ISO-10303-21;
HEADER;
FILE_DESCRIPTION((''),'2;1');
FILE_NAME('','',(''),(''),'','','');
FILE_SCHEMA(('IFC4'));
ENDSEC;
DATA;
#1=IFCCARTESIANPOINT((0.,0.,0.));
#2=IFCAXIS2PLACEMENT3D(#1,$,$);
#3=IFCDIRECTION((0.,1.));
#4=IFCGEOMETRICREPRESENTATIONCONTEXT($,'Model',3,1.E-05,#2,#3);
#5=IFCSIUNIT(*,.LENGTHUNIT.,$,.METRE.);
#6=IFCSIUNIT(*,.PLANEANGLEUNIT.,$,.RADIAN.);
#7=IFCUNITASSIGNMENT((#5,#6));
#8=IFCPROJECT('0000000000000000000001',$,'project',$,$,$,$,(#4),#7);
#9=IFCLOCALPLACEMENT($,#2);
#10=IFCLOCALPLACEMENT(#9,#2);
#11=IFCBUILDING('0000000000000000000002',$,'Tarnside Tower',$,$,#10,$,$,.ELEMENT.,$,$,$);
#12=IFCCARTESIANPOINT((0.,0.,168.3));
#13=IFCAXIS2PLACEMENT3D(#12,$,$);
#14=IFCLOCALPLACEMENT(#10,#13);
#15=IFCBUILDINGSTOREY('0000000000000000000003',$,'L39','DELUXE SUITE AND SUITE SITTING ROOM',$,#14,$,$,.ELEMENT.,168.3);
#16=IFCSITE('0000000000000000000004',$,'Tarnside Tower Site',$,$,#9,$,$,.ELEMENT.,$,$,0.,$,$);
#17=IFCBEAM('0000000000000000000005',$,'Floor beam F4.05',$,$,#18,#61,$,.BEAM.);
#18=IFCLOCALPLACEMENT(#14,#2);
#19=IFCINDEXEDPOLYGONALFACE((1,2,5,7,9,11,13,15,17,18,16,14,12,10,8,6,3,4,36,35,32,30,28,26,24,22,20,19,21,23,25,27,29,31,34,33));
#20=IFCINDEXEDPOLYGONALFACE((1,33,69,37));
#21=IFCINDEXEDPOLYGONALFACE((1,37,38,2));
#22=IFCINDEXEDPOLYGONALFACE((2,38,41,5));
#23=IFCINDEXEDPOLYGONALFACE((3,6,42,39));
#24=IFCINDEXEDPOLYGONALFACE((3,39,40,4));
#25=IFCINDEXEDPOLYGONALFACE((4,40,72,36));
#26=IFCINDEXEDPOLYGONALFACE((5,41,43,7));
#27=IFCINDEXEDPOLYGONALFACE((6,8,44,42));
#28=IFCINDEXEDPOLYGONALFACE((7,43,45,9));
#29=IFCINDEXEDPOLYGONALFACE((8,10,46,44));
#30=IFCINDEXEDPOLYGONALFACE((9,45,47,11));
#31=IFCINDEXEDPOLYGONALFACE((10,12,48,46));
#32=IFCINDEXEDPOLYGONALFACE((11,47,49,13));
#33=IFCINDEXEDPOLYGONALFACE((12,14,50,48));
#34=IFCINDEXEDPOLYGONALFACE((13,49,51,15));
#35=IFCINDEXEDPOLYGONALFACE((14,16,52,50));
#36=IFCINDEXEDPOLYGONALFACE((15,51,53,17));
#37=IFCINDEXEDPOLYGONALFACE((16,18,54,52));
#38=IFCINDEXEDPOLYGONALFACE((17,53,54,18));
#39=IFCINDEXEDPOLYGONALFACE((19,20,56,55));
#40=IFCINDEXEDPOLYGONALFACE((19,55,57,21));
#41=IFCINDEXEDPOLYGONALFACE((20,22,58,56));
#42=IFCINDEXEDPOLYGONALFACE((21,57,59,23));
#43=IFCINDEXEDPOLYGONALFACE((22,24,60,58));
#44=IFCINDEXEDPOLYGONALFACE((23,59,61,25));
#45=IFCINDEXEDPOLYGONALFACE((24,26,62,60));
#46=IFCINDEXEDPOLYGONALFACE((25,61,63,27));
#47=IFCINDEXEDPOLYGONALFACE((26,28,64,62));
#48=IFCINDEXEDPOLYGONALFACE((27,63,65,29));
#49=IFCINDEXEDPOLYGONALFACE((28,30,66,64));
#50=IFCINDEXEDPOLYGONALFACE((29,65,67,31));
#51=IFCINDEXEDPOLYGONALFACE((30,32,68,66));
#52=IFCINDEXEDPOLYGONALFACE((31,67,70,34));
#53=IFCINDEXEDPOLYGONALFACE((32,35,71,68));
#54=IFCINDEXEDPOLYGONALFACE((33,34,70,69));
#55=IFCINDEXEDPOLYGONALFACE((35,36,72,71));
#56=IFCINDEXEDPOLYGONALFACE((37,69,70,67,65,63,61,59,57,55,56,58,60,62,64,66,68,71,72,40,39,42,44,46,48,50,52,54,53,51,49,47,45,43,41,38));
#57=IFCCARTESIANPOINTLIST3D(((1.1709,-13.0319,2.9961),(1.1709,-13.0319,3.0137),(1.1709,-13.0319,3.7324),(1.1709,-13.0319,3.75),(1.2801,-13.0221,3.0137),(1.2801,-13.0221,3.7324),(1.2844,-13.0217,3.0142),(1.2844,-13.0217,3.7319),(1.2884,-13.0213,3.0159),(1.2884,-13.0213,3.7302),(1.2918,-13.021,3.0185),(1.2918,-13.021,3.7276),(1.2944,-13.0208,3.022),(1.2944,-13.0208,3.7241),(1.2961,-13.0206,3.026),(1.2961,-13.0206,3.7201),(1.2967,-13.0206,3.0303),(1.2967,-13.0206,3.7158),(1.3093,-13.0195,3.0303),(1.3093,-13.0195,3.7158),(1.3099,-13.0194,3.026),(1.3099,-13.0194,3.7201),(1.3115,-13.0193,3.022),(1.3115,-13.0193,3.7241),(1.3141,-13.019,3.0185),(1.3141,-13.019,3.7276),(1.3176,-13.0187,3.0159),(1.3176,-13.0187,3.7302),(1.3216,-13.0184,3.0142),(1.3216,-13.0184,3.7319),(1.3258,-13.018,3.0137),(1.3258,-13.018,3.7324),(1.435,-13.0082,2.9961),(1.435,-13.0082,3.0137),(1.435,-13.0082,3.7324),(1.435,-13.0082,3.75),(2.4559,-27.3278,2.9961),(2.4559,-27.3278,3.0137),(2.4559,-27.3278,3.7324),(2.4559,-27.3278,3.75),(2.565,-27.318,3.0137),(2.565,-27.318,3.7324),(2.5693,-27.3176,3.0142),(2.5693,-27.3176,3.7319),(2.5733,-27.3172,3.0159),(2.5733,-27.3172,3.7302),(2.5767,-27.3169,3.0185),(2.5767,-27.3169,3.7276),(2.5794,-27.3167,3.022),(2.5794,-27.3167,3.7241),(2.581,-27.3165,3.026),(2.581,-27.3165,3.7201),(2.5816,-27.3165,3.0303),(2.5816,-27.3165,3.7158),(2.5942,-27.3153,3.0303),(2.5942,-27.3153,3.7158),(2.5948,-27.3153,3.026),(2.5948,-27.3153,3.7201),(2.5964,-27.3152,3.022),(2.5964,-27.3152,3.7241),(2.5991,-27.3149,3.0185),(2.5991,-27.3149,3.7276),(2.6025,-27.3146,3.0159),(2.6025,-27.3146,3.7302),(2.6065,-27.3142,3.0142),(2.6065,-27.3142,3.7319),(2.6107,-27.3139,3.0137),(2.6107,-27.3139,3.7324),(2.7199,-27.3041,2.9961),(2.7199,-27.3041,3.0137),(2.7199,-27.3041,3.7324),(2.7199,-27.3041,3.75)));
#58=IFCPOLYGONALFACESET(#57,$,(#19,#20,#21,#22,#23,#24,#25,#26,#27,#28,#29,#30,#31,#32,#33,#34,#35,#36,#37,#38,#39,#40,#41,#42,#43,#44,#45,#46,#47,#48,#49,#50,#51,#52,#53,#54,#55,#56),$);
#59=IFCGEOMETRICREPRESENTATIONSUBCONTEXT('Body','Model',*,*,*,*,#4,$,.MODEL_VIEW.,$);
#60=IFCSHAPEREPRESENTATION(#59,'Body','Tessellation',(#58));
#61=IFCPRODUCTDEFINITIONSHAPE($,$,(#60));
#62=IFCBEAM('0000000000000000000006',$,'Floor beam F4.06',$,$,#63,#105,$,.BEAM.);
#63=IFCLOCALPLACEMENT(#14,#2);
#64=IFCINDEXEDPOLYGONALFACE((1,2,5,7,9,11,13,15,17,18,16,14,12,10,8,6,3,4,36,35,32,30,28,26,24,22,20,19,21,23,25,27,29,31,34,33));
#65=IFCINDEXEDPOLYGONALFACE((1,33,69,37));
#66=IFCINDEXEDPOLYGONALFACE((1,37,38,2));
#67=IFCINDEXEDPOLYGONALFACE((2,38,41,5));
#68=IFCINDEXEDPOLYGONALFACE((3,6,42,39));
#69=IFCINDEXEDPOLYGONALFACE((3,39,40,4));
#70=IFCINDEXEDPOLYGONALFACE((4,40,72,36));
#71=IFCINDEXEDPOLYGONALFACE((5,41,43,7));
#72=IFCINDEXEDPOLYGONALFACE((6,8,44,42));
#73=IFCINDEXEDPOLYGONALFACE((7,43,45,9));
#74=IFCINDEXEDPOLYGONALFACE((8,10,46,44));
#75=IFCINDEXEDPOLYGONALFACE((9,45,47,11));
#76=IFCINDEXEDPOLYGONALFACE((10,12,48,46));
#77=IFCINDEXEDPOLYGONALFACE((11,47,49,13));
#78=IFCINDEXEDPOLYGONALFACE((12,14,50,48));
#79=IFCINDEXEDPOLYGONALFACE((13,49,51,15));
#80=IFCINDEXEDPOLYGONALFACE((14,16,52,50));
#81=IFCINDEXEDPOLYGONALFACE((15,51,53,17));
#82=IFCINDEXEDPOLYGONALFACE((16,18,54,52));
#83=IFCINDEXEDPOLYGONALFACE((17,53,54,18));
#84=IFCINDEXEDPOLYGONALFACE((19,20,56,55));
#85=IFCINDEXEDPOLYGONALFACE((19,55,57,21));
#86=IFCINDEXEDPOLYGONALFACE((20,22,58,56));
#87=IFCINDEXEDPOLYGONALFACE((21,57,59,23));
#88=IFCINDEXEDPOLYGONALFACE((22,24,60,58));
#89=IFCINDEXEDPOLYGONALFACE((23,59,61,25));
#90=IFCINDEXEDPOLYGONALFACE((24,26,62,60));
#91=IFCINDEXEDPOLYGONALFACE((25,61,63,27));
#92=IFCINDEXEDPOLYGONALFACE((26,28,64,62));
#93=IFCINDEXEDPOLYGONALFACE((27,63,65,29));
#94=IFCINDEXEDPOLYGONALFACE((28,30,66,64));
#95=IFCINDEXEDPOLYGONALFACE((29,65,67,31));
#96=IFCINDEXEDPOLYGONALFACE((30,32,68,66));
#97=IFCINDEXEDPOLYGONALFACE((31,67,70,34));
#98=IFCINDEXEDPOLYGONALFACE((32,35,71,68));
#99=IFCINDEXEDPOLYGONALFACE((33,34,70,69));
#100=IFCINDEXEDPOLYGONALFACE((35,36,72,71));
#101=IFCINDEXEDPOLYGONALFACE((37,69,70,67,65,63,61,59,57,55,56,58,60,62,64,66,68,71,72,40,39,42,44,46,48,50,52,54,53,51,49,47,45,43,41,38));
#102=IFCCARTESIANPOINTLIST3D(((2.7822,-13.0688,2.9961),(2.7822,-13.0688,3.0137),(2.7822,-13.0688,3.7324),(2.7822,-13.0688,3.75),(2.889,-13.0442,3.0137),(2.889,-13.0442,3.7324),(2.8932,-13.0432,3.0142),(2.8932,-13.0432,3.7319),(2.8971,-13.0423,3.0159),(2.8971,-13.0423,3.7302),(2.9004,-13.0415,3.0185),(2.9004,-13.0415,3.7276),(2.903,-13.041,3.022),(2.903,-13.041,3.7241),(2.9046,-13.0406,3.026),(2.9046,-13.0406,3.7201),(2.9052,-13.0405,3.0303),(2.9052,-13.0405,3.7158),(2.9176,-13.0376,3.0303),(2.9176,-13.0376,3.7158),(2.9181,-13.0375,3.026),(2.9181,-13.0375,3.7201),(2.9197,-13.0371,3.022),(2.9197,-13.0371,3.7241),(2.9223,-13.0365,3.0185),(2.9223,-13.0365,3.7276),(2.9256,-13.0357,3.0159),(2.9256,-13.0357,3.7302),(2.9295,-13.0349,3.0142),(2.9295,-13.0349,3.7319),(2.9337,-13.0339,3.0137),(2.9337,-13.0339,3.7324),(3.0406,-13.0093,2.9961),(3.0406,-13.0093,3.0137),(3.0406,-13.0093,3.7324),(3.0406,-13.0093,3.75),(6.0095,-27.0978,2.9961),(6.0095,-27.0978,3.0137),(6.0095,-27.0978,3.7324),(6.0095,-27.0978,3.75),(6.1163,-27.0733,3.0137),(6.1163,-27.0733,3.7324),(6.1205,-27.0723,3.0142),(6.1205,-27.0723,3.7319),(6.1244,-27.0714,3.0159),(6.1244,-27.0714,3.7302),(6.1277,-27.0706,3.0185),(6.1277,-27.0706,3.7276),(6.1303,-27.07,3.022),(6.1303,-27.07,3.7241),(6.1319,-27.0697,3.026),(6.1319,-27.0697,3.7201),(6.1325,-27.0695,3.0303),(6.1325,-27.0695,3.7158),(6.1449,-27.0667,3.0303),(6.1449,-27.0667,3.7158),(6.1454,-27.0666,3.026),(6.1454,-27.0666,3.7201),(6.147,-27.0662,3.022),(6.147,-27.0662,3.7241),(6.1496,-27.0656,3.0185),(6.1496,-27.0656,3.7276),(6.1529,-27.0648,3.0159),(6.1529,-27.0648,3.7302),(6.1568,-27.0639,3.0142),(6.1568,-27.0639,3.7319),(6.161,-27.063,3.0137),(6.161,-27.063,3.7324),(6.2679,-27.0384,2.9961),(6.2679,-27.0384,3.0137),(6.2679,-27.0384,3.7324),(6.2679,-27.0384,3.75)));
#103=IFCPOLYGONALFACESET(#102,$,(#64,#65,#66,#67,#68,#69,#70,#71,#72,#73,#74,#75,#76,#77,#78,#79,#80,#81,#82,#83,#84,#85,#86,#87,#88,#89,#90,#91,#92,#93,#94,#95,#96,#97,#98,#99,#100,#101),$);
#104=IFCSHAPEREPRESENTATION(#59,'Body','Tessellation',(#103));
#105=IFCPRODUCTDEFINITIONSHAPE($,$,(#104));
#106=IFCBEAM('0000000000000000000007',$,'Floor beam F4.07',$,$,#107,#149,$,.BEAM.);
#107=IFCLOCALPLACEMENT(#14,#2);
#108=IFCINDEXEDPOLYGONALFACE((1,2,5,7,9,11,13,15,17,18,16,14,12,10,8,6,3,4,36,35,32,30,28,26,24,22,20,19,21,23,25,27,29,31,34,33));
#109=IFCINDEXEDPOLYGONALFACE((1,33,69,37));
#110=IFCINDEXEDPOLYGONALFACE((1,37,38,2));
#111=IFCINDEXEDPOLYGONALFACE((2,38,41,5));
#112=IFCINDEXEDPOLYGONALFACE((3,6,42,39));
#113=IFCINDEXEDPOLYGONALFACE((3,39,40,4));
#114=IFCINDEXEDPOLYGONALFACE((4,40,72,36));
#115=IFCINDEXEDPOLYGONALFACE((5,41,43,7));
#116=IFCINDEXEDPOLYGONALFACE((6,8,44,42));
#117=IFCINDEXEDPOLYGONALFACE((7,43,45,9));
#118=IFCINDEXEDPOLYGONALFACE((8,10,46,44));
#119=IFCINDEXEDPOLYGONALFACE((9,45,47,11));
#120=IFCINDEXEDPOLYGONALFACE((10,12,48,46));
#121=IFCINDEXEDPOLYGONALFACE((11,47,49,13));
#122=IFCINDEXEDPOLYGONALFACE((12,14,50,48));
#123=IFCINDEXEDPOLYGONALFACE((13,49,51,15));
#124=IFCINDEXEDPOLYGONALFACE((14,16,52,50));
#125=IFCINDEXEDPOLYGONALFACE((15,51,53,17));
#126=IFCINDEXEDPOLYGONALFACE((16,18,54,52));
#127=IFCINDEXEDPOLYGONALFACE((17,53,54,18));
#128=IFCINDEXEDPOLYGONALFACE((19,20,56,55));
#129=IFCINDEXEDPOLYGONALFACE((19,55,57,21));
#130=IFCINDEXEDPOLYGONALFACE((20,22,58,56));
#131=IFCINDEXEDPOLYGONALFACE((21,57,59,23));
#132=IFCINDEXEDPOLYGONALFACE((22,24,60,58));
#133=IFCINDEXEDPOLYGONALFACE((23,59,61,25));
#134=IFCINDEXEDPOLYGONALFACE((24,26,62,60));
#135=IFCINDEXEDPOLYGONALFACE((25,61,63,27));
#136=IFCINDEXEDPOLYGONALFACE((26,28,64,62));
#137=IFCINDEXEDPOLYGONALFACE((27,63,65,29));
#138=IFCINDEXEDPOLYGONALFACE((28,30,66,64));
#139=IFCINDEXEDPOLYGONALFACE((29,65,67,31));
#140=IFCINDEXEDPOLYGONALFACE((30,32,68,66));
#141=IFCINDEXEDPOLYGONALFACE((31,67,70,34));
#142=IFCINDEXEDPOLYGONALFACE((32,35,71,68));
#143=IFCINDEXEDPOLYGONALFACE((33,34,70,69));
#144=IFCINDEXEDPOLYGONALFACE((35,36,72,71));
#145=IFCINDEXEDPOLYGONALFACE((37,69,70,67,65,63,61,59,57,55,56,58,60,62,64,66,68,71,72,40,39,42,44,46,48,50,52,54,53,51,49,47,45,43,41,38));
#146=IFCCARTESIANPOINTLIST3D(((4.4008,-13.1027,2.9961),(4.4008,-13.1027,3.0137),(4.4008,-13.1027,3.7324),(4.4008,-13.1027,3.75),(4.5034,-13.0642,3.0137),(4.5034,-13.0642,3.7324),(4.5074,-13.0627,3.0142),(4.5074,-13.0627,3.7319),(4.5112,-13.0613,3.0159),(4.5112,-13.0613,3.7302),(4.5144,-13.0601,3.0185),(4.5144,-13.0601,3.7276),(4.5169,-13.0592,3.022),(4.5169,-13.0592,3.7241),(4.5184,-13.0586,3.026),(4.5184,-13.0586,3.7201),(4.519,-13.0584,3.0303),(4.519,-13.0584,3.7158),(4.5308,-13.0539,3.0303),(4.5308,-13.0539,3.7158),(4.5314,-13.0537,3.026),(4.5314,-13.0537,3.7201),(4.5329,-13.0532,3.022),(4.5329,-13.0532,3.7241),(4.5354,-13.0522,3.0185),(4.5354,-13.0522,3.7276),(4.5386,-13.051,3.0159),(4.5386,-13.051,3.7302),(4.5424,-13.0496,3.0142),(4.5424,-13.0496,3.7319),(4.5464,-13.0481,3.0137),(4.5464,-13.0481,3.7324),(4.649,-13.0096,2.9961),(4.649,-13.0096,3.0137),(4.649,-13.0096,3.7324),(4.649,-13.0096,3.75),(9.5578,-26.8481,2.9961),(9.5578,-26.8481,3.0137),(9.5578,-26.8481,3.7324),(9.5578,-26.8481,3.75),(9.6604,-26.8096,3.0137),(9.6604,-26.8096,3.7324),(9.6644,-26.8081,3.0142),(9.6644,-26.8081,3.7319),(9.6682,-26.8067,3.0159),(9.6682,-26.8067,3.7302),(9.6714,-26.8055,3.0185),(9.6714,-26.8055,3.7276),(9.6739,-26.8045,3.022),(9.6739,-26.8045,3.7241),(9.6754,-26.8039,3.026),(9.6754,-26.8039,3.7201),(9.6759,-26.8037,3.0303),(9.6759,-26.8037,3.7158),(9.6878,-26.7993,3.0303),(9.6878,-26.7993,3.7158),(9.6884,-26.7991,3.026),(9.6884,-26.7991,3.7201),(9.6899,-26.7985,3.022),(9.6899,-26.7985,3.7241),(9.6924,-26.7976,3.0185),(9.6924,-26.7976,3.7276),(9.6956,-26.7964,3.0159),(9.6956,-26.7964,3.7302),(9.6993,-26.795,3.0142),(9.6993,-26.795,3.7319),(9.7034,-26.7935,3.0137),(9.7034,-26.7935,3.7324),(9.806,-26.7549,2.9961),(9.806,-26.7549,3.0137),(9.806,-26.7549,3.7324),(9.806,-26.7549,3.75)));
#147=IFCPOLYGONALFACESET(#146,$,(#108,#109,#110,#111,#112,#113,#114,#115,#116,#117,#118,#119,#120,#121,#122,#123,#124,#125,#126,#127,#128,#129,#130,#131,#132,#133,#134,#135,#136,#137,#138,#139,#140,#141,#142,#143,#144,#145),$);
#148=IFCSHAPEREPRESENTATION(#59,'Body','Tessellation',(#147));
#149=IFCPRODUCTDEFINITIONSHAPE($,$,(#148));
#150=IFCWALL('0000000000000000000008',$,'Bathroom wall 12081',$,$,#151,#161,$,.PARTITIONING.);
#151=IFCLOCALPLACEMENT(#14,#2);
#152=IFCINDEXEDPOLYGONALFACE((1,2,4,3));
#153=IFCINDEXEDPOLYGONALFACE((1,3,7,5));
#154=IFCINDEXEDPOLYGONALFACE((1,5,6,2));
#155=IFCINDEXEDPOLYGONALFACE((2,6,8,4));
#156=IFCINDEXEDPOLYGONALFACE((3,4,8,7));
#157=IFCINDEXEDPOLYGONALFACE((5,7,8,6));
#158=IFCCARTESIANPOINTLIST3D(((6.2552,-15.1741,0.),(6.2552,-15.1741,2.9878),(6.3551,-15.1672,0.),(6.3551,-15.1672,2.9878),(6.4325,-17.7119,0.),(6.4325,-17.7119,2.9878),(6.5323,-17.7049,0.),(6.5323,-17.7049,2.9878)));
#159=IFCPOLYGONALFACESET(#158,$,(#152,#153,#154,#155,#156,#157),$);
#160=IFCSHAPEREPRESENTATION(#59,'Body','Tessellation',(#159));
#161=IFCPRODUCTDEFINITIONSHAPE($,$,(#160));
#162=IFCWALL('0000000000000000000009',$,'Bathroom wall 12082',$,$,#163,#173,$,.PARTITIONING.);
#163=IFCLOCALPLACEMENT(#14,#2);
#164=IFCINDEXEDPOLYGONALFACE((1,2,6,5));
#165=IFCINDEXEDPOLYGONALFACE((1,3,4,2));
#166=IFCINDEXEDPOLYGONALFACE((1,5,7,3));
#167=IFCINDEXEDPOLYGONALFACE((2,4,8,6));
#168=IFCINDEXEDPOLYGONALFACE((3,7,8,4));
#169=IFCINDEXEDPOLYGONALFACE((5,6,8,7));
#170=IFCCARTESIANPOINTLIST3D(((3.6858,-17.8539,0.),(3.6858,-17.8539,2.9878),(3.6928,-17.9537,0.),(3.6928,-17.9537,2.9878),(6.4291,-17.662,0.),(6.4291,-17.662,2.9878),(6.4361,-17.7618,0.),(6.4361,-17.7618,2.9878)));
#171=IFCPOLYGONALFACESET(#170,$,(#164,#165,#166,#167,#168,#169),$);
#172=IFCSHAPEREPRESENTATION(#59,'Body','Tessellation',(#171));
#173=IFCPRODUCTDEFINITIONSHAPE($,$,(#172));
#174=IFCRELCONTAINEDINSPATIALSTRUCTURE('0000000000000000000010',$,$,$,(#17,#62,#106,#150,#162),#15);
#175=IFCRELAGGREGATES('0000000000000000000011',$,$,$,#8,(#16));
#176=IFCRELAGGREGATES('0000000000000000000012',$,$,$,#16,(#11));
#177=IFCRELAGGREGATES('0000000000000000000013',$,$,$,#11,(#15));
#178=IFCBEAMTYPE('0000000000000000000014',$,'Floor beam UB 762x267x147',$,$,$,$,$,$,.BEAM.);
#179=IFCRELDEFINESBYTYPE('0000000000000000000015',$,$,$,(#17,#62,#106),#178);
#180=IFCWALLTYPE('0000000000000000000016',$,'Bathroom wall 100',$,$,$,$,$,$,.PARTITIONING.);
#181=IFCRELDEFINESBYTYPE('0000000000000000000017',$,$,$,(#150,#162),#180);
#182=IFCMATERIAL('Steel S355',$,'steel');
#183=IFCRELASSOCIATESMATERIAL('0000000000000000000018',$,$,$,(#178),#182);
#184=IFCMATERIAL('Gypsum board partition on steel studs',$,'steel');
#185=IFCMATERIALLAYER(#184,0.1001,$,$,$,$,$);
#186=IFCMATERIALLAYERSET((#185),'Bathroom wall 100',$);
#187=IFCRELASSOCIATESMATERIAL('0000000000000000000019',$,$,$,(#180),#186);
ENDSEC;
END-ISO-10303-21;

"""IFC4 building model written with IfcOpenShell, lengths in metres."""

from ifc_helpers import new_model, si_unit, direction, frame, frame_2d, origin, origin_2d, place, context, subcontext, project, spatial, rectangle, i_section, extrude, material, layer, layer_set, material_profile, profile_set, type_object, element, save


model = new_model("IFC4")

# Units and contexts
model_context = context("Model", 3, precision=1e-05, world=origin(), true_north=direction((0.0, 1.0)))
body_context = subcontext(model_context, "Body", "Model", "MODEL_VIEW")
ifc_project = project(units=[si_unit("LENGTHUNIT", "METRE"), si_unit("PLANEANGLEUNIT", "RADIAN")], contexts=[model_context])

# Site, building, storey
site_placement = place(None, origin())
site = spatial("IfcSite", under=ifc_project, at=site_placement, Name="Tarnside Tower Site", CompositionType="ELEMENT", RefElevation=0.0)
building_placement = place(site_placement, origin())
building = spatial("IfcBuilding", under=site, at=building_placement, Name="Tarnside Tower", CompositionType="ELEMENT")
storey_placement = place(building_placement, frame((0.0, 0.0, 168.3)))
storey = spatial("IfcBuildingStorey", under=building, at=storey_placement, Name="L39", Description="DELUXE SUITE AND SUITE SITTING ROOM", CompositionType="ELEMENT", Elevation=168.3)

# Beams
ifc_material_1 = material(Name="Steel S355", Category="steel")
ifc_material_profile = material_profile(ifc_material_1, i_section(OverallWidth=0.2651, OverallDepth=0.7539, WebThickness=0.0127, FlangeThickness=0.0176, FilletRadius=0.0166, at=origin_2d()), Name="UB 762x267x147")
ifc_profile_set = profile_set([ifc_material_profile], Name="Steel S355")
beam_type = type_object("IfcBeamType", Name="Floor beam UB 762x267x147", PredefinedType="BEAM", material=ifc_profile_set)
beam_1_placement = place(storey_placement, frame((2.5879, -27.3159, 3.373), z_axis=(-0.089519, 0.995985, 0.0), x_axis=(-0.995985, -0.089519, 0.0)))
element("IfcBeam", 1, at=beam_1_placement, inside=storey, type_object=beam_type, Name="Floor beam F4.05", PredefinedType="BEAM", context=body_context, shape_type="SweptSolid", body=[
    extrude(i_section(OverallWidth=0.2651, OverallDepth=0.7539, WebThickness=0.0127, FlangeThickness=0.0176, FilletRadius=0.0166, at=origin_2d()), origin(), (0.0, 0.0, 1.0), 14.3535),
])
beam_2_placement = place(storey_placement, frame((6.1387, -27.0681, 3.373), z_axis=(-0.224188, 0.974546, 0.0), x_axis=(-0.974546, -0.224188, 0.0)))
element("IfcBeam", 2, at=beam_2_placement, inside=storey, type_object=beam_type, Name="Floor beam F4.06", PredefinedType="BEAM", context=body_context, shape_type="SweptSolid", body=[
    extrude(i_section(OverallWidth=0.2651, OverallDepth=0.7539, WebThickness=0.0127, FlangeThickness=0.0176, FilletRadius=0.0166, at=origin_2d()), origin(), (0.0, 0.0, 1.0), 14.3955),
])
beam_3_placement = place(storey_placement, frame((9.6819, -26.8015, 3.373), z_axis=(-0.351271, 0.936274, 0.0), x_axis=(-0.936274, -0.351271, 0.0)))
element("IfcBeam", 3, at=beam_3_placement, inside=storey, type_object=beam_type, Name="Floor beam F4.07", PredefinedType="BEAM", context=body_context, shape_type="SweptSolid", body=[
    extrude(i_section(OverallWidth=0.2651, OverallDepth=0.7539, WebThickness=0.0127, FlangeThickness=0.0176, FilletRadius=0.0166, at=origin_2d()), origin(), (0.0, 0.0, 1.0), 14.6809),
])

# Walls
ifc_material_2 = material(Name="Gypsum board partition on steel studs", Category="steel")
ifc_layer_1 = layer(ifc_material_2, 0.1001)
ifc_layer_set_1 = layer_set([ifc_layer_1], Name="Bathroom wall 100")
wall_type_1 = type_object("IfcWallType", Name="Bathroom wall 100", PredefinedType="PARTITIONING", material=ifc_layer_set_1)
wall_1_placement = place(storey_placement, frame((6.3052, -15.1707, 0.0), z_axis=(0.0, 0.0, 1.0), x_axis=(0.069672, -0.99757, 0.0)))
element("IfcWall", 4, at=wall_1_placement, inside=storey, type_object=wall_type_1, Name="Bathroom wall 12081", PredefinedType="PARTITIONING", context=body_context, shape_type="SweptSolid", body=[
    extrude(rectangle(XDim=2.5439, YDim=0.1001, at=frame_2d((1.272, 0.0))), origin(), (0.0, 0.0, 1.0), 2.9878),
])
wall_2_placement = place(storey_placement, frame((6.4326, -17.7119, 0.0), z_axis=(0.0, 0.0, 1.0), x_axis=(-0.997563, -0.069777, 0.0)))
element("IfcWall", 5, at=wall_2_placement, inside=storey, type_object=wall_type_1, Name="Bathroom wall 12082", PredefinedType="PARTITIONING", context=body_context, shape_type="SweptSolid", body=[
    extrude(rectangle(XDim=2.75, YDim=0.1001, at=frame_2d((1.375, 0.0))), origin(), (0.0, 0.0, 1.0), 2.9878),
])

save(model, "model.ifc")
